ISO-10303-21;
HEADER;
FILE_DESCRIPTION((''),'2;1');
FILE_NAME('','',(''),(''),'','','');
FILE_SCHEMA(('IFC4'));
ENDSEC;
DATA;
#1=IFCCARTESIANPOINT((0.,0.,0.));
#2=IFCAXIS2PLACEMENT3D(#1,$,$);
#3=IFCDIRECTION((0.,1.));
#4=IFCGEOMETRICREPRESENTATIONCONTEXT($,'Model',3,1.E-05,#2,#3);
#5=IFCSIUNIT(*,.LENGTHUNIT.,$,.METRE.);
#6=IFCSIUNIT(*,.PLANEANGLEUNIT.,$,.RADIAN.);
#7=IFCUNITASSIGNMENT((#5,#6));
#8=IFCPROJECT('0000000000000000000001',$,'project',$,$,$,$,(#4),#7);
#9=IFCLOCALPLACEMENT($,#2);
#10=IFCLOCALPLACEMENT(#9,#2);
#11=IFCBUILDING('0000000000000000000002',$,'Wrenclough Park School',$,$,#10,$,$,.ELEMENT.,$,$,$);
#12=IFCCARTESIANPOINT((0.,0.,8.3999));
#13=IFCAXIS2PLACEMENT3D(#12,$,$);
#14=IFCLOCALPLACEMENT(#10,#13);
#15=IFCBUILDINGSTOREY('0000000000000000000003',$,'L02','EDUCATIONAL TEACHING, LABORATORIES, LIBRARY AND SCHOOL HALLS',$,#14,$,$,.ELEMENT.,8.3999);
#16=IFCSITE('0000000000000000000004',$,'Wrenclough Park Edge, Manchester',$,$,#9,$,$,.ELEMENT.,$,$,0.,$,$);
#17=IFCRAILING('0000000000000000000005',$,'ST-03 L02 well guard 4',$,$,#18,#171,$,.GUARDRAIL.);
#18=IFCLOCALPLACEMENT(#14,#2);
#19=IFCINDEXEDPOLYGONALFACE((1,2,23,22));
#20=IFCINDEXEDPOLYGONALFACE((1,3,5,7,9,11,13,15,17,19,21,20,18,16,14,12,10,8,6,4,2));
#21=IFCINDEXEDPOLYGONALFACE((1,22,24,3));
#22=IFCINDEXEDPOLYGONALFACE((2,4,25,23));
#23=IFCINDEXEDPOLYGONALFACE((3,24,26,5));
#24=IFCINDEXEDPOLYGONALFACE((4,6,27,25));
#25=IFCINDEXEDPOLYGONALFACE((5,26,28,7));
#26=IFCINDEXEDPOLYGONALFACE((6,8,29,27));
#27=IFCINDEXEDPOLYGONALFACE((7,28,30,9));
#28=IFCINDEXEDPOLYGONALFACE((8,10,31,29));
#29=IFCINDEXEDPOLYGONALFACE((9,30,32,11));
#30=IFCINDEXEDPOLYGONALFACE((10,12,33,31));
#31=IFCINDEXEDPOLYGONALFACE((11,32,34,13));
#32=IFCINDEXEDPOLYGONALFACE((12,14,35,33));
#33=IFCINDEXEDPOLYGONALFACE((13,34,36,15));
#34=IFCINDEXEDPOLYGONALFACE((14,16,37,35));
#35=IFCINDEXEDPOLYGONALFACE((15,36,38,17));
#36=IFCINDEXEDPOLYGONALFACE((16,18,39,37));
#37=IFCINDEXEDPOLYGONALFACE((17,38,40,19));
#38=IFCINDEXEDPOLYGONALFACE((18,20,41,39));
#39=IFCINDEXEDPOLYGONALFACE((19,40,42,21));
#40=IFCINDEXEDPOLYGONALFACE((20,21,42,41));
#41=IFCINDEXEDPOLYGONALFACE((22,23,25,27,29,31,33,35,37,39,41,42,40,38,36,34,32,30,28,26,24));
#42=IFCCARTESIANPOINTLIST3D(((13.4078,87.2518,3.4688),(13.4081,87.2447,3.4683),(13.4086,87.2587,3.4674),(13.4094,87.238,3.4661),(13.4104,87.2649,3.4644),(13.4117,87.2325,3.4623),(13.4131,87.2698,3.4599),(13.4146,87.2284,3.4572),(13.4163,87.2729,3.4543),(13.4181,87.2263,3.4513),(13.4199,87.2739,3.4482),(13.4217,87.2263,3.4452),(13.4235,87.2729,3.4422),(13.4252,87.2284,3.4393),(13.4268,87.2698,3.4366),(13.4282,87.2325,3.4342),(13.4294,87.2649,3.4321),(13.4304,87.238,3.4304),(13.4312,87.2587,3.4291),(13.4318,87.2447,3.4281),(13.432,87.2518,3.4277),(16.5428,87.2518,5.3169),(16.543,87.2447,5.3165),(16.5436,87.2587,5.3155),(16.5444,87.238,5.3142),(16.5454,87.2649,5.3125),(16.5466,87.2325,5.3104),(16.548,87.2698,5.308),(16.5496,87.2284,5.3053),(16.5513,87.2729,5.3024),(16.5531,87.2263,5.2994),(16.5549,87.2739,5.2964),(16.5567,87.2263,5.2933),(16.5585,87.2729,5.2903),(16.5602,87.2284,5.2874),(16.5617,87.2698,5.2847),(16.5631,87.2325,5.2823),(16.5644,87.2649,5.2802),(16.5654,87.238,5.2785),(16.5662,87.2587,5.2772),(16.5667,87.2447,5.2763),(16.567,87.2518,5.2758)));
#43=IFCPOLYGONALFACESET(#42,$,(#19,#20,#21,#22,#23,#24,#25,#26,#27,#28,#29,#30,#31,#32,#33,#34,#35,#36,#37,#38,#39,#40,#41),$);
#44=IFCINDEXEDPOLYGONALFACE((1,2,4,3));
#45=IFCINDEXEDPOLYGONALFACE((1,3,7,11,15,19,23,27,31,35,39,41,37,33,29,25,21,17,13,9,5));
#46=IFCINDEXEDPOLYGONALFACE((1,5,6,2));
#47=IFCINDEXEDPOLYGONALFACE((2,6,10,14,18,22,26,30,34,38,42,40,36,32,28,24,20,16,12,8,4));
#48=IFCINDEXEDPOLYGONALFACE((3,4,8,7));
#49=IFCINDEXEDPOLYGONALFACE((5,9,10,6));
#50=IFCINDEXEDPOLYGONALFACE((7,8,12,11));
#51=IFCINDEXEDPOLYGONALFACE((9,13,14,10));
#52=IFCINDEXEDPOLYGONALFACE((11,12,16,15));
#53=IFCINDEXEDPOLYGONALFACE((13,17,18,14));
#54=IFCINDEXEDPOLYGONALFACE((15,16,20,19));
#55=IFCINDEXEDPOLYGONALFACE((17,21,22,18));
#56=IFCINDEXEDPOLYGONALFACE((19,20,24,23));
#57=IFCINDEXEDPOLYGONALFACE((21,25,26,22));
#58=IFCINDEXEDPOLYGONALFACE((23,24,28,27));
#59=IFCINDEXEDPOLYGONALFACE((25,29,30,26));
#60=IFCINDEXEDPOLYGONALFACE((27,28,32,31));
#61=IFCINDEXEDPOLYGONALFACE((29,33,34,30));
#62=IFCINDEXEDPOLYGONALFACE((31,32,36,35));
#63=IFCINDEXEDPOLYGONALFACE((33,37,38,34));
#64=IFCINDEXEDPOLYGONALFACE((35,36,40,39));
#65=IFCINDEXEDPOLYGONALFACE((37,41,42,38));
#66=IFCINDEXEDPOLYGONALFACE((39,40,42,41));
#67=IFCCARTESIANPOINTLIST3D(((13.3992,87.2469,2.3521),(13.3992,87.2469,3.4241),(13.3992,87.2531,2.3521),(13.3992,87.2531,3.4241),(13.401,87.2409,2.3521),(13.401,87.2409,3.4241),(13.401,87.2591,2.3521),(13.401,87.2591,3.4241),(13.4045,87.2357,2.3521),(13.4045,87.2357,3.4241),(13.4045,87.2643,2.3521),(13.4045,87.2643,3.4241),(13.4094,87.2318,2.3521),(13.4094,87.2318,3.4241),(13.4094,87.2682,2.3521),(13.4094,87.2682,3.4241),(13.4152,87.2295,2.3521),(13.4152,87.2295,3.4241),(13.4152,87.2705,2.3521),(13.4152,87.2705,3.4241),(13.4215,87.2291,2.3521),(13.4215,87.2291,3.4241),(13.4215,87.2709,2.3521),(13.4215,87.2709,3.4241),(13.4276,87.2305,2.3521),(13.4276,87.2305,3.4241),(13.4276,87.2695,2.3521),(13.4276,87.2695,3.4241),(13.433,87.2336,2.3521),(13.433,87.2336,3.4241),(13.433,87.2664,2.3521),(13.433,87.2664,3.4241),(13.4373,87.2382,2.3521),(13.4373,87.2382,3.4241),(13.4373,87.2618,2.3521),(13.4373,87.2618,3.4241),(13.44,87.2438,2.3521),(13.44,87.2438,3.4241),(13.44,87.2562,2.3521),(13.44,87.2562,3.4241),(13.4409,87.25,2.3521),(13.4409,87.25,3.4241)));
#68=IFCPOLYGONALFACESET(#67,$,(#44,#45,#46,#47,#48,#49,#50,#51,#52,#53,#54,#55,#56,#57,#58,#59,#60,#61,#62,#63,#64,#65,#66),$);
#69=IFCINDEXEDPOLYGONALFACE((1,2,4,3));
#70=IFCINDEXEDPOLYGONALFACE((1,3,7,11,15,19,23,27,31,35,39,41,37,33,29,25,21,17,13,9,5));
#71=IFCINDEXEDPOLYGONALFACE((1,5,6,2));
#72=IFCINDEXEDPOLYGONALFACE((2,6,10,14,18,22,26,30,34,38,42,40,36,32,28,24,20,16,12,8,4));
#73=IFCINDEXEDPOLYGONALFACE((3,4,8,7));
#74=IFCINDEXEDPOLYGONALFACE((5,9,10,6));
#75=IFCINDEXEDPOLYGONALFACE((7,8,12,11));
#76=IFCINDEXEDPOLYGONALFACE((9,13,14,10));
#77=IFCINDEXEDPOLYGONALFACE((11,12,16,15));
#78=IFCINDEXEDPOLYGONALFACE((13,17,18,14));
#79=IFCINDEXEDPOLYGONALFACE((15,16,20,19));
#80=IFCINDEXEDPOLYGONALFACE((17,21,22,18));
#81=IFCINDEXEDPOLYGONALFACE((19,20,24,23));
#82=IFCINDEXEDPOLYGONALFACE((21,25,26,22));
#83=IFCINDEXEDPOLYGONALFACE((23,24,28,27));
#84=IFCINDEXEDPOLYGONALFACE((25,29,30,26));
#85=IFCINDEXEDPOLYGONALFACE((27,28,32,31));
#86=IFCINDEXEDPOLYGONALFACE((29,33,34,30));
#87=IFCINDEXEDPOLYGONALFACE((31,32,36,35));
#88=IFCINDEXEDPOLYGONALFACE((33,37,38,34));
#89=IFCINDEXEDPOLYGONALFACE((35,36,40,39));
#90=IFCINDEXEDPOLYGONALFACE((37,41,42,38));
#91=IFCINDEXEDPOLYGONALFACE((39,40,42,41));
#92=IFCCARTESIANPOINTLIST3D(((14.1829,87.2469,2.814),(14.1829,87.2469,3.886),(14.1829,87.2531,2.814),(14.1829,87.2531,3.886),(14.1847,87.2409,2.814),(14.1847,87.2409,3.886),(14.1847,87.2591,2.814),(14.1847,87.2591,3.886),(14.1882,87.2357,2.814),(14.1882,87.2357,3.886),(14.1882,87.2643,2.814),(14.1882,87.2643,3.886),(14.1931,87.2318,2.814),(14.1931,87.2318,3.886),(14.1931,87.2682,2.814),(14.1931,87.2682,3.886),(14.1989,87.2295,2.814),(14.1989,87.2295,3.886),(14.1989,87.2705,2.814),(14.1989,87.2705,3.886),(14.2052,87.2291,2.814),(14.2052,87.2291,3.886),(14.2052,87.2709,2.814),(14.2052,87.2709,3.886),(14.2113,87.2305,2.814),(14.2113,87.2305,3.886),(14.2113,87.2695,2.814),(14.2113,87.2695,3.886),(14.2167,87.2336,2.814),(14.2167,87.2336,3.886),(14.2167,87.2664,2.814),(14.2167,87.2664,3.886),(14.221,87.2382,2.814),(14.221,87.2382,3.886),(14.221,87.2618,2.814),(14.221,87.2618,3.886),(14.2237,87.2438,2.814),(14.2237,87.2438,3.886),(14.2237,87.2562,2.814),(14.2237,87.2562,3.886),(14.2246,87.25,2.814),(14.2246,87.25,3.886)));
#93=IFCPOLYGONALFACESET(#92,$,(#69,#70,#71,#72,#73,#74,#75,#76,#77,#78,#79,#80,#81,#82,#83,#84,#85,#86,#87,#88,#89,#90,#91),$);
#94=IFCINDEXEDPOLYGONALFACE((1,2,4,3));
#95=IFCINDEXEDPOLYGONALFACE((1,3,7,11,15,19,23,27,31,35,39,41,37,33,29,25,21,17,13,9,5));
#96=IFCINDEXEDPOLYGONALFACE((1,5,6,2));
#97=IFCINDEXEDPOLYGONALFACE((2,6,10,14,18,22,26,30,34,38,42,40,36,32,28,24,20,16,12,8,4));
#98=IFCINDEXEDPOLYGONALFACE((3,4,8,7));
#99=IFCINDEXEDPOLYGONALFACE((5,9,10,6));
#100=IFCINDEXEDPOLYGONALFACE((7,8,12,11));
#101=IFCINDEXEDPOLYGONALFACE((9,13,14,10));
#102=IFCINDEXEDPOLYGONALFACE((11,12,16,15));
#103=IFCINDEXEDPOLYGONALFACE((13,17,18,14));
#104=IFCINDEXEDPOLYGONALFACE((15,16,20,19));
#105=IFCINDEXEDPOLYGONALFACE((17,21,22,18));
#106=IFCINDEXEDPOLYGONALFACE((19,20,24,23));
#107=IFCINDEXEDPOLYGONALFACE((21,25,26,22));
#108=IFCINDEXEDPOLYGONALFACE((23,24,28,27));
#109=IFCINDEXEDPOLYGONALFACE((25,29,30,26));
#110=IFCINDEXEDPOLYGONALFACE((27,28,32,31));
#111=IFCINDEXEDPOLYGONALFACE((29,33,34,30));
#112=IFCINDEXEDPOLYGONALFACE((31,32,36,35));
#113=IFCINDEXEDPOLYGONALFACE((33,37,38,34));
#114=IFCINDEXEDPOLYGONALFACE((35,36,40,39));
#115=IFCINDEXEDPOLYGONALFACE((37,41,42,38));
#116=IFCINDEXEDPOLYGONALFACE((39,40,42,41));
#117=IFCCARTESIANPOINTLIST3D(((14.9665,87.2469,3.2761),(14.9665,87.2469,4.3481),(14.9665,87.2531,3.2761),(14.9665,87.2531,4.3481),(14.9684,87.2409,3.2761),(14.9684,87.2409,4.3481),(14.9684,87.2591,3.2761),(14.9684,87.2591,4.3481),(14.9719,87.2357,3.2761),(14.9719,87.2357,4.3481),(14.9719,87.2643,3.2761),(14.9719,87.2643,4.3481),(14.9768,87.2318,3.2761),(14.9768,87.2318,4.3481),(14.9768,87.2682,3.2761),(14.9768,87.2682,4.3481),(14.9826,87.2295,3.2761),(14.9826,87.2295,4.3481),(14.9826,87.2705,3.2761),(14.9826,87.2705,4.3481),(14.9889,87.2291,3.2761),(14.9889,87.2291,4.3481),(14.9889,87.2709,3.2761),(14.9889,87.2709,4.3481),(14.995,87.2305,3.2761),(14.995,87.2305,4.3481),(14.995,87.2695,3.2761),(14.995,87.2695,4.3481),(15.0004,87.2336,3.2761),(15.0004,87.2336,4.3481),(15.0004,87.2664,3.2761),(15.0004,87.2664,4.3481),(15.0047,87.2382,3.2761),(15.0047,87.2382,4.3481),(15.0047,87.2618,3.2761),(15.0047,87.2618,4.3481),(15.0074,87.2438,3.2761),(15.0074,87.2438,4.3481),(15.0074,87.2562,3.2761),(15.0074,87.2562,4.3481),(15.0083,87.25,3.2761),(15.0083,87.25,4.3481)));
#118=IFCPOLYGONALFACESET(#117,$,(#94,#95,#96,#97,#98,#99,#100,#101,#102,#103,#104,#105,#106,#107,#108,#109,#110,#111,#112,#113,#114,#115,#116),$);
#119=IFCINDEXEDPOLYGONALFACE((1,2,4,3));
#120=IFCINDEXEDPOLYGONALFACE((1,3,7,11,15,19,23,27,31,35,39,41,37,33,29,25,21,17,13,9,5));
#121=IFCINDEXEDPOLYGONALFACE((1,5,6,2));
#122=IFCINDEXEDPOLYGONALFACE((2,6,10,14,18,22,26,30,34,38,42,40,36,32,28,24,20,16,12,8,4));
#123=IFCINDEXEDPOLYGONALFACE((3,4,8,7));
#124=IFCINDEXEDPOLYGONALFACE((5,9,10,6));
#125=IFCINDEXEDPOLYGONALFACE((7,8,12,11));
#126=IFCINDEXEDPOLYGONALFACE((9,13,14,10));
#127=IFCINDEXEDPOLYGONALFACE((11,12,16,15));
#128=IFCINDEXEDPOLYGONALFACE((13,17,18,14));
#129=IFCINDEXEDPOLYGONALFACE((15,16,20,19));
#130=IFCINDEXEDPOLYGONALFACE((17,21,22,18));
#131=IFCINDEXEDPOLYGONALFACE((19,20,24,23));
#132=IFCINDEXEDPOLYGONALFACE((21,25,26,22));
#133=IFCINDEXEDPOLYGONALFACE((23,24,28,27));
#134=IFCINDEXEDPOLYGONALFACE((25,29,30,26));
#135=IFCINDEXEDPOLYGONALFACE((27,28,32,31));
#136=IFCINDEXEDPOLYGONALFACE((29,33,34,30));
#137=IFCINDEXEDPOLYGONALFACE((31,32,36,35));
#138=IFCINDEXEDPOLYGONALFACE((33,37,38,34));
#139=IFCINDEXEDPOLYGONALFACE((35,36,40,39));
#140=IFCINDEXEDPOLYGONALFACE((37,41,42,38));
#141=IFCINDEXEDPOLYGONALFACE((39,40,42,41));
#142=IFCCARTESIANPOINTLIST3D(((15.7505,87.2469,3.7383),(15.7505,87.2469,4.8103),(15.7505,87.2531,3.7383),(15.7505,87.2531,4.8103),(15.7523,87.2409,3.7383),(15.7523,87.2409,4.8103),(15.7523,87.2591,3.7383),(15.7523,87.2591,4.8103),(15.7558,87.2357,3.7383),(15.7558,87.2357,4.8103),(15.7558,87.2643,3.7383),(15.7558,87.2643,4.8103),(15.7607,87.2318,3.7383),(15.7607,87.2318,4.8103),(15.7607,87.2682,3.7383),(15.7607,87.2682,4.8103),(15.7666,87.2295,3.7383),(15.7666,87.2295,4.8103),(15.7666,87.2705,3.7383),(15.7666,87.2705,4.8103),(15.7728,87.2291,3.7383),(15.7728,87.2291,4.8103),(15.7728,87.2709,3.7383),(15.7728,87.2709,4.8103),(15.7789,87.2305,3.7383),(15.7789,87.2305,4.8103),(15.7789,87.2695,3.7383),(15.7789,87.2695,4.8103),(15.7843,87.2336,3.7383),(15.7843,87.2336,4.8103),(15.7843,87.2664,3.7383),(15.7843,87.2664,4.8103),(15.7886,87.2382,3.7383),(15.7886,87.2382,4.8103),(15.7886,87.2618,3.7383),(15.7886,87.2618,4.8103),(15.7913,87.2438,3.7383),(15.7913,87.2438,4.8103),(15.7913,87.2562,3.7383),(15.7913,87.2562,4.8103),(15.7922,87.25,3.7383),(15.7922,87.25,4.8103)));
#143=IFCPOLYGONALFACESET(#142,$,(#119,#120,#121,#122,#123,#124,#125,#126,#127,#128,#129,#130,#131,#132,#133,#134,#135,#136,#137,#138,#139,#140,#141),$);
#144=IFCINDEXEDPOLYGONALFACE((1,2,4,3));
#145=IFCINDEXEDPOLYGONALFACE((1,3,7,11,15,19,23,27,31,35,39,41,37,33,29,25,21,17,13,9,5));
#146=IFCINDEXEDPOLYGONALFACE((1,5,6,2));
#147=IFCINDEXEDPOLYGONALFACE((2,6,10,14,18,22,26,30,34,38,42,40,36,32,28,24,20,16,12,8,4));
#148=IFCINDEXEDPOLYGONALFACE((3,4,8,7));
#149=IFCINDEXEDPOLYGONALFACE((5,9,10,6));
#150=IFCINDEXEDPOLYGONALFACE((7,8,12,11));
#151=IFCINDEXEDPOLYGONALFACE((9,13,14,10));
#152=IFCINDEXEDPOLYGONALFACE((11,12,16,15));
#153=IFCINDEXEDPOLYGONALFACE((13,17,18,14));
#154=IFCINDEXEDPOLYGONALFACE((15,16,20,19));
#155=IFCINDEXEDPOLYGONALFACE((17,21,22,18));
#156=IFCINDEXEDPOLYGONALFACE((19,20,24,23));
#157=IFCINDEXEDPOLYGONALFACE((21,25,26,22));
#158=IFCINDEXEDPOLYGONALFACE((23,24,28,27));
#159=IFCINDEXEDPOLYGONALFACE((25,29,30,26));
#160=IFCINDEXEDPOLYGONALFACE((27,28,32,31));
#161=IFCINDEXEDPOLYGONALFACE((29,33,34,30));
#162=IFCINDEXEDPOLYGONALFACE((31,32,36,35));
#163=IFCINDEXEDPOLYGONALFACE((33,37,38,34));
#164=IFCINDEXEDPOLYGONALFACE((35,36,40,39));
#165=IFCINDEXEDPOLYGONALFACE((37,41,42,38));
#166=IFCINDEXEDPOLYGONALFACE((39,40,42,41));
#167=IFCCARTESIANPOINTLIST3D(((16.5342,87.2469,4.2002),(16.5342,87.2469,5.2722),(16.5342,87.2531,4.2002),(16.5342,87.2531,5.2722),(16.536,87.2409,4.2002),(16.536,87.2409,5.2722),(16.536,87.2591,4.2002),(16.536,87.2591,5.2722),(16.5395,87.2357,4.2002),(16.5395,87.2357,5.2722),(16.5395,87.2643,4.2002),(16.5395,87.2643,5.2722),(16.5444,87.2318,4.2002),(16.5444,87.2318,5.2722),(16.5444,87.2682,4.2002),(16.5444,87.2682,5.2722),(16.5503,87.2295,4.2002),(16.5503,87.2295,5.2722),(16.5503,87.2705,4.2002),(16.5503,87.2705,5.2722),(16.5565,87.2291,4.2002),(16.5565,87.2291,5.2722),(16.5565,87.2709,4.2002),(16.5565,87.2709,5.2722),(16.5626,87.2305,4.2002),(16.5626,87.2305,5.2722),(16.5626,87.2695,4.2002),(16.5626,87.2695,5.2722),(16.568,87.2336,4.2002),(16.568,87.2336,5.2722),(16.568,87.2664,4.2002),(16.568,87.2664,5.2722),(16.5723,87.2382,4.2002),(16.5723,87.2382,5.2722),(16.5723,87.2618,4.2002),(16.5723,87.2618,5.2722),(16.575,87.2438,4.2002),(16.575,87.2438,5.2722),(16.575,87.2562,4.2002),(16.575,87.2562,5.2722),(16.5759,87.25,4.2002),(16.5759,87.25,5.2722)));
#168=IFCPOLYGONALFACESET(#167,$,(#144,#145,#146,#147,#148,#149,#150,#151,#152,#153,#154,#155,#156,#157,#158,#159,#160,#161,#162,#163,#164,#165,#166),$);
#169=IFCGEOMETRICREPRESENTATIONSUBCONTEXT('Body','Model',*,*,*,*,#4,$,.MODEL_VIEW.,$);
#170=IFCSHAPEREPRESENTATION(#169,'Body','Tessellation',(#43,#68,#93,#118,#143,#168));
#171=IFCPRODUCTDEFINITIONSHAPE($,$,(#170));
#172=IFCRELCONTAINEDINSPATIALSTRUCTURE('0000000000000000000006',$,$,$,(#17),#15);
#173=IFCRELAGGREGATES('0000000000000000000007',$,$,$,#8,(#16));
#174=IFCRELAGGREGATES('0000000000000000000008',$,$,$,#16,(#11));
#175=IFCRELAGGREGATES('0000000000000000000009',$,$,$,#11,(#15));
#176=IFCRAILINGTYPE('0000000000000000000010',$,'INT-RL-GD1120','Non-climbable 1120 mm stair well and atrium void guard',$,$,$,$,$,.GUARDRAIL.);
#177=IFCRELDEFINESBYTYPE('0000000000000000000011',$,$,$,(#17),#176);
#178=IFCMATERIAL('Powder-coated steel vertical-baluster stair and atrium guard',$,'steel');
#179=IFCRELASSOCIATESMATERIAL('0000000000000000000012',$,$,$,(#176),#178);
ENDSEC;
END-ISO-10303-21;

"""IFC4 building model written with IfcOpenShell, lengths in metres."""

from ifc_helpers import new_model, si_unit, direction, frame, origin, origin_2d, place, context, subcontext, project, spatial, circle, extrude, material, type_object, element, save


model = new_model("IFC4")

# Units and contexts
model_context = context("Model", 3, precision=1e-05, world=origin(), true_north=direction((0.0, 1.0)))
body_context = subcontext(model_context, "Body", "Model", "MODEL_VIEW")
ifc_project = project(units=[si_unit("LENGTHUNIT", "METRE"), si_unit("PLANEANGLEUNIT", "RADIAN")], contexts=[model_context])

# Site, building, storey
site_placement = place(None, origin())
site = spatial("IfcSite", under=ifc_project, at=site_placement, Name="Wrenclough Park Edge, Manchester", CompositionType="ELEMENT", RefElevation=0.0)
building_placement = place(site_placement, origin())
building = spatial("IfcBuilding", under=site, at=building_placement, Name="Wrenclough Park School", CompositionType="ELEMENT")
storey_placement = place(building_placement, frame((0.0, 0.0, 8.3999)))
storey = spatial("IfcBuildingStorey", under=building, at=storey_placement, Name="L02", Description="EDUCATIONAL TEACHING, LABORATORIES, LIBRARY AND SCHOOL HALLS", CompositionType="ELEMENT", Elevation=8.3999)

# Railing
ifc_material_1 = material(Name="Powder-coated steel vertical-baluster stair and atrium guard", Category="steel")
railing_type_1 = type_object("IfcRailingType", Name="INT-RL-GD1120", Description="Non-climbable 1120 mm stair well and atrium void guard", PredefinedType="GUARDRAIL", material=ifc_material_1)
railing_1_placement = place(storey_placement, frame((13.4199, 87.25, 2.3521)))
element("IfcRailing", 1, at=railing_1_placement, inside=storey, type_object=railing_type_1, Name="ST-03 L02 well guard 4", PredefinedType="GUARDRAIL", context=body_context, shape_type="SweptSolid", body=[
    extrude(circle(Radius=0.0239, at=origin_2d()), frame((0.0, 0.0, 1.0962), z_axis=(0.861451, 0.0, 0.507841), x_axis=(0.0, 1.0, 0.0)), (0.0, 0.0, 1.0), 3.6392),
    extrude(circle(Radius=0.021, at=origin_2d()), origin(), (0.0, 0.0, 1.0), 1.072),
    extrude(circle(Radius=0.021, at=origin_2d()), frame((0.7837, 0.0, 0.4619)), (0.0, 0.0, 1.0), 1.072),
    extrude(circle(Radius=0.021, at=origin_2d()), frame((1.5674, 0.0, 0.9241)), (0.0, 0.0, 1.0), 1.072),
    extrude(circle(Radius=0.021, at=origin_2d()), frame((2.3513, 0.0, 1.3862)), (0.0, 0.0, 1.0), 1.072),
    extrude(circle(Radius=0.021, at=origin_2d()), frame((3.135, 0.0, 1.8481)), (0.0, 0.0, 1.0), 1.072),
])

save(model, "model.ifc")
